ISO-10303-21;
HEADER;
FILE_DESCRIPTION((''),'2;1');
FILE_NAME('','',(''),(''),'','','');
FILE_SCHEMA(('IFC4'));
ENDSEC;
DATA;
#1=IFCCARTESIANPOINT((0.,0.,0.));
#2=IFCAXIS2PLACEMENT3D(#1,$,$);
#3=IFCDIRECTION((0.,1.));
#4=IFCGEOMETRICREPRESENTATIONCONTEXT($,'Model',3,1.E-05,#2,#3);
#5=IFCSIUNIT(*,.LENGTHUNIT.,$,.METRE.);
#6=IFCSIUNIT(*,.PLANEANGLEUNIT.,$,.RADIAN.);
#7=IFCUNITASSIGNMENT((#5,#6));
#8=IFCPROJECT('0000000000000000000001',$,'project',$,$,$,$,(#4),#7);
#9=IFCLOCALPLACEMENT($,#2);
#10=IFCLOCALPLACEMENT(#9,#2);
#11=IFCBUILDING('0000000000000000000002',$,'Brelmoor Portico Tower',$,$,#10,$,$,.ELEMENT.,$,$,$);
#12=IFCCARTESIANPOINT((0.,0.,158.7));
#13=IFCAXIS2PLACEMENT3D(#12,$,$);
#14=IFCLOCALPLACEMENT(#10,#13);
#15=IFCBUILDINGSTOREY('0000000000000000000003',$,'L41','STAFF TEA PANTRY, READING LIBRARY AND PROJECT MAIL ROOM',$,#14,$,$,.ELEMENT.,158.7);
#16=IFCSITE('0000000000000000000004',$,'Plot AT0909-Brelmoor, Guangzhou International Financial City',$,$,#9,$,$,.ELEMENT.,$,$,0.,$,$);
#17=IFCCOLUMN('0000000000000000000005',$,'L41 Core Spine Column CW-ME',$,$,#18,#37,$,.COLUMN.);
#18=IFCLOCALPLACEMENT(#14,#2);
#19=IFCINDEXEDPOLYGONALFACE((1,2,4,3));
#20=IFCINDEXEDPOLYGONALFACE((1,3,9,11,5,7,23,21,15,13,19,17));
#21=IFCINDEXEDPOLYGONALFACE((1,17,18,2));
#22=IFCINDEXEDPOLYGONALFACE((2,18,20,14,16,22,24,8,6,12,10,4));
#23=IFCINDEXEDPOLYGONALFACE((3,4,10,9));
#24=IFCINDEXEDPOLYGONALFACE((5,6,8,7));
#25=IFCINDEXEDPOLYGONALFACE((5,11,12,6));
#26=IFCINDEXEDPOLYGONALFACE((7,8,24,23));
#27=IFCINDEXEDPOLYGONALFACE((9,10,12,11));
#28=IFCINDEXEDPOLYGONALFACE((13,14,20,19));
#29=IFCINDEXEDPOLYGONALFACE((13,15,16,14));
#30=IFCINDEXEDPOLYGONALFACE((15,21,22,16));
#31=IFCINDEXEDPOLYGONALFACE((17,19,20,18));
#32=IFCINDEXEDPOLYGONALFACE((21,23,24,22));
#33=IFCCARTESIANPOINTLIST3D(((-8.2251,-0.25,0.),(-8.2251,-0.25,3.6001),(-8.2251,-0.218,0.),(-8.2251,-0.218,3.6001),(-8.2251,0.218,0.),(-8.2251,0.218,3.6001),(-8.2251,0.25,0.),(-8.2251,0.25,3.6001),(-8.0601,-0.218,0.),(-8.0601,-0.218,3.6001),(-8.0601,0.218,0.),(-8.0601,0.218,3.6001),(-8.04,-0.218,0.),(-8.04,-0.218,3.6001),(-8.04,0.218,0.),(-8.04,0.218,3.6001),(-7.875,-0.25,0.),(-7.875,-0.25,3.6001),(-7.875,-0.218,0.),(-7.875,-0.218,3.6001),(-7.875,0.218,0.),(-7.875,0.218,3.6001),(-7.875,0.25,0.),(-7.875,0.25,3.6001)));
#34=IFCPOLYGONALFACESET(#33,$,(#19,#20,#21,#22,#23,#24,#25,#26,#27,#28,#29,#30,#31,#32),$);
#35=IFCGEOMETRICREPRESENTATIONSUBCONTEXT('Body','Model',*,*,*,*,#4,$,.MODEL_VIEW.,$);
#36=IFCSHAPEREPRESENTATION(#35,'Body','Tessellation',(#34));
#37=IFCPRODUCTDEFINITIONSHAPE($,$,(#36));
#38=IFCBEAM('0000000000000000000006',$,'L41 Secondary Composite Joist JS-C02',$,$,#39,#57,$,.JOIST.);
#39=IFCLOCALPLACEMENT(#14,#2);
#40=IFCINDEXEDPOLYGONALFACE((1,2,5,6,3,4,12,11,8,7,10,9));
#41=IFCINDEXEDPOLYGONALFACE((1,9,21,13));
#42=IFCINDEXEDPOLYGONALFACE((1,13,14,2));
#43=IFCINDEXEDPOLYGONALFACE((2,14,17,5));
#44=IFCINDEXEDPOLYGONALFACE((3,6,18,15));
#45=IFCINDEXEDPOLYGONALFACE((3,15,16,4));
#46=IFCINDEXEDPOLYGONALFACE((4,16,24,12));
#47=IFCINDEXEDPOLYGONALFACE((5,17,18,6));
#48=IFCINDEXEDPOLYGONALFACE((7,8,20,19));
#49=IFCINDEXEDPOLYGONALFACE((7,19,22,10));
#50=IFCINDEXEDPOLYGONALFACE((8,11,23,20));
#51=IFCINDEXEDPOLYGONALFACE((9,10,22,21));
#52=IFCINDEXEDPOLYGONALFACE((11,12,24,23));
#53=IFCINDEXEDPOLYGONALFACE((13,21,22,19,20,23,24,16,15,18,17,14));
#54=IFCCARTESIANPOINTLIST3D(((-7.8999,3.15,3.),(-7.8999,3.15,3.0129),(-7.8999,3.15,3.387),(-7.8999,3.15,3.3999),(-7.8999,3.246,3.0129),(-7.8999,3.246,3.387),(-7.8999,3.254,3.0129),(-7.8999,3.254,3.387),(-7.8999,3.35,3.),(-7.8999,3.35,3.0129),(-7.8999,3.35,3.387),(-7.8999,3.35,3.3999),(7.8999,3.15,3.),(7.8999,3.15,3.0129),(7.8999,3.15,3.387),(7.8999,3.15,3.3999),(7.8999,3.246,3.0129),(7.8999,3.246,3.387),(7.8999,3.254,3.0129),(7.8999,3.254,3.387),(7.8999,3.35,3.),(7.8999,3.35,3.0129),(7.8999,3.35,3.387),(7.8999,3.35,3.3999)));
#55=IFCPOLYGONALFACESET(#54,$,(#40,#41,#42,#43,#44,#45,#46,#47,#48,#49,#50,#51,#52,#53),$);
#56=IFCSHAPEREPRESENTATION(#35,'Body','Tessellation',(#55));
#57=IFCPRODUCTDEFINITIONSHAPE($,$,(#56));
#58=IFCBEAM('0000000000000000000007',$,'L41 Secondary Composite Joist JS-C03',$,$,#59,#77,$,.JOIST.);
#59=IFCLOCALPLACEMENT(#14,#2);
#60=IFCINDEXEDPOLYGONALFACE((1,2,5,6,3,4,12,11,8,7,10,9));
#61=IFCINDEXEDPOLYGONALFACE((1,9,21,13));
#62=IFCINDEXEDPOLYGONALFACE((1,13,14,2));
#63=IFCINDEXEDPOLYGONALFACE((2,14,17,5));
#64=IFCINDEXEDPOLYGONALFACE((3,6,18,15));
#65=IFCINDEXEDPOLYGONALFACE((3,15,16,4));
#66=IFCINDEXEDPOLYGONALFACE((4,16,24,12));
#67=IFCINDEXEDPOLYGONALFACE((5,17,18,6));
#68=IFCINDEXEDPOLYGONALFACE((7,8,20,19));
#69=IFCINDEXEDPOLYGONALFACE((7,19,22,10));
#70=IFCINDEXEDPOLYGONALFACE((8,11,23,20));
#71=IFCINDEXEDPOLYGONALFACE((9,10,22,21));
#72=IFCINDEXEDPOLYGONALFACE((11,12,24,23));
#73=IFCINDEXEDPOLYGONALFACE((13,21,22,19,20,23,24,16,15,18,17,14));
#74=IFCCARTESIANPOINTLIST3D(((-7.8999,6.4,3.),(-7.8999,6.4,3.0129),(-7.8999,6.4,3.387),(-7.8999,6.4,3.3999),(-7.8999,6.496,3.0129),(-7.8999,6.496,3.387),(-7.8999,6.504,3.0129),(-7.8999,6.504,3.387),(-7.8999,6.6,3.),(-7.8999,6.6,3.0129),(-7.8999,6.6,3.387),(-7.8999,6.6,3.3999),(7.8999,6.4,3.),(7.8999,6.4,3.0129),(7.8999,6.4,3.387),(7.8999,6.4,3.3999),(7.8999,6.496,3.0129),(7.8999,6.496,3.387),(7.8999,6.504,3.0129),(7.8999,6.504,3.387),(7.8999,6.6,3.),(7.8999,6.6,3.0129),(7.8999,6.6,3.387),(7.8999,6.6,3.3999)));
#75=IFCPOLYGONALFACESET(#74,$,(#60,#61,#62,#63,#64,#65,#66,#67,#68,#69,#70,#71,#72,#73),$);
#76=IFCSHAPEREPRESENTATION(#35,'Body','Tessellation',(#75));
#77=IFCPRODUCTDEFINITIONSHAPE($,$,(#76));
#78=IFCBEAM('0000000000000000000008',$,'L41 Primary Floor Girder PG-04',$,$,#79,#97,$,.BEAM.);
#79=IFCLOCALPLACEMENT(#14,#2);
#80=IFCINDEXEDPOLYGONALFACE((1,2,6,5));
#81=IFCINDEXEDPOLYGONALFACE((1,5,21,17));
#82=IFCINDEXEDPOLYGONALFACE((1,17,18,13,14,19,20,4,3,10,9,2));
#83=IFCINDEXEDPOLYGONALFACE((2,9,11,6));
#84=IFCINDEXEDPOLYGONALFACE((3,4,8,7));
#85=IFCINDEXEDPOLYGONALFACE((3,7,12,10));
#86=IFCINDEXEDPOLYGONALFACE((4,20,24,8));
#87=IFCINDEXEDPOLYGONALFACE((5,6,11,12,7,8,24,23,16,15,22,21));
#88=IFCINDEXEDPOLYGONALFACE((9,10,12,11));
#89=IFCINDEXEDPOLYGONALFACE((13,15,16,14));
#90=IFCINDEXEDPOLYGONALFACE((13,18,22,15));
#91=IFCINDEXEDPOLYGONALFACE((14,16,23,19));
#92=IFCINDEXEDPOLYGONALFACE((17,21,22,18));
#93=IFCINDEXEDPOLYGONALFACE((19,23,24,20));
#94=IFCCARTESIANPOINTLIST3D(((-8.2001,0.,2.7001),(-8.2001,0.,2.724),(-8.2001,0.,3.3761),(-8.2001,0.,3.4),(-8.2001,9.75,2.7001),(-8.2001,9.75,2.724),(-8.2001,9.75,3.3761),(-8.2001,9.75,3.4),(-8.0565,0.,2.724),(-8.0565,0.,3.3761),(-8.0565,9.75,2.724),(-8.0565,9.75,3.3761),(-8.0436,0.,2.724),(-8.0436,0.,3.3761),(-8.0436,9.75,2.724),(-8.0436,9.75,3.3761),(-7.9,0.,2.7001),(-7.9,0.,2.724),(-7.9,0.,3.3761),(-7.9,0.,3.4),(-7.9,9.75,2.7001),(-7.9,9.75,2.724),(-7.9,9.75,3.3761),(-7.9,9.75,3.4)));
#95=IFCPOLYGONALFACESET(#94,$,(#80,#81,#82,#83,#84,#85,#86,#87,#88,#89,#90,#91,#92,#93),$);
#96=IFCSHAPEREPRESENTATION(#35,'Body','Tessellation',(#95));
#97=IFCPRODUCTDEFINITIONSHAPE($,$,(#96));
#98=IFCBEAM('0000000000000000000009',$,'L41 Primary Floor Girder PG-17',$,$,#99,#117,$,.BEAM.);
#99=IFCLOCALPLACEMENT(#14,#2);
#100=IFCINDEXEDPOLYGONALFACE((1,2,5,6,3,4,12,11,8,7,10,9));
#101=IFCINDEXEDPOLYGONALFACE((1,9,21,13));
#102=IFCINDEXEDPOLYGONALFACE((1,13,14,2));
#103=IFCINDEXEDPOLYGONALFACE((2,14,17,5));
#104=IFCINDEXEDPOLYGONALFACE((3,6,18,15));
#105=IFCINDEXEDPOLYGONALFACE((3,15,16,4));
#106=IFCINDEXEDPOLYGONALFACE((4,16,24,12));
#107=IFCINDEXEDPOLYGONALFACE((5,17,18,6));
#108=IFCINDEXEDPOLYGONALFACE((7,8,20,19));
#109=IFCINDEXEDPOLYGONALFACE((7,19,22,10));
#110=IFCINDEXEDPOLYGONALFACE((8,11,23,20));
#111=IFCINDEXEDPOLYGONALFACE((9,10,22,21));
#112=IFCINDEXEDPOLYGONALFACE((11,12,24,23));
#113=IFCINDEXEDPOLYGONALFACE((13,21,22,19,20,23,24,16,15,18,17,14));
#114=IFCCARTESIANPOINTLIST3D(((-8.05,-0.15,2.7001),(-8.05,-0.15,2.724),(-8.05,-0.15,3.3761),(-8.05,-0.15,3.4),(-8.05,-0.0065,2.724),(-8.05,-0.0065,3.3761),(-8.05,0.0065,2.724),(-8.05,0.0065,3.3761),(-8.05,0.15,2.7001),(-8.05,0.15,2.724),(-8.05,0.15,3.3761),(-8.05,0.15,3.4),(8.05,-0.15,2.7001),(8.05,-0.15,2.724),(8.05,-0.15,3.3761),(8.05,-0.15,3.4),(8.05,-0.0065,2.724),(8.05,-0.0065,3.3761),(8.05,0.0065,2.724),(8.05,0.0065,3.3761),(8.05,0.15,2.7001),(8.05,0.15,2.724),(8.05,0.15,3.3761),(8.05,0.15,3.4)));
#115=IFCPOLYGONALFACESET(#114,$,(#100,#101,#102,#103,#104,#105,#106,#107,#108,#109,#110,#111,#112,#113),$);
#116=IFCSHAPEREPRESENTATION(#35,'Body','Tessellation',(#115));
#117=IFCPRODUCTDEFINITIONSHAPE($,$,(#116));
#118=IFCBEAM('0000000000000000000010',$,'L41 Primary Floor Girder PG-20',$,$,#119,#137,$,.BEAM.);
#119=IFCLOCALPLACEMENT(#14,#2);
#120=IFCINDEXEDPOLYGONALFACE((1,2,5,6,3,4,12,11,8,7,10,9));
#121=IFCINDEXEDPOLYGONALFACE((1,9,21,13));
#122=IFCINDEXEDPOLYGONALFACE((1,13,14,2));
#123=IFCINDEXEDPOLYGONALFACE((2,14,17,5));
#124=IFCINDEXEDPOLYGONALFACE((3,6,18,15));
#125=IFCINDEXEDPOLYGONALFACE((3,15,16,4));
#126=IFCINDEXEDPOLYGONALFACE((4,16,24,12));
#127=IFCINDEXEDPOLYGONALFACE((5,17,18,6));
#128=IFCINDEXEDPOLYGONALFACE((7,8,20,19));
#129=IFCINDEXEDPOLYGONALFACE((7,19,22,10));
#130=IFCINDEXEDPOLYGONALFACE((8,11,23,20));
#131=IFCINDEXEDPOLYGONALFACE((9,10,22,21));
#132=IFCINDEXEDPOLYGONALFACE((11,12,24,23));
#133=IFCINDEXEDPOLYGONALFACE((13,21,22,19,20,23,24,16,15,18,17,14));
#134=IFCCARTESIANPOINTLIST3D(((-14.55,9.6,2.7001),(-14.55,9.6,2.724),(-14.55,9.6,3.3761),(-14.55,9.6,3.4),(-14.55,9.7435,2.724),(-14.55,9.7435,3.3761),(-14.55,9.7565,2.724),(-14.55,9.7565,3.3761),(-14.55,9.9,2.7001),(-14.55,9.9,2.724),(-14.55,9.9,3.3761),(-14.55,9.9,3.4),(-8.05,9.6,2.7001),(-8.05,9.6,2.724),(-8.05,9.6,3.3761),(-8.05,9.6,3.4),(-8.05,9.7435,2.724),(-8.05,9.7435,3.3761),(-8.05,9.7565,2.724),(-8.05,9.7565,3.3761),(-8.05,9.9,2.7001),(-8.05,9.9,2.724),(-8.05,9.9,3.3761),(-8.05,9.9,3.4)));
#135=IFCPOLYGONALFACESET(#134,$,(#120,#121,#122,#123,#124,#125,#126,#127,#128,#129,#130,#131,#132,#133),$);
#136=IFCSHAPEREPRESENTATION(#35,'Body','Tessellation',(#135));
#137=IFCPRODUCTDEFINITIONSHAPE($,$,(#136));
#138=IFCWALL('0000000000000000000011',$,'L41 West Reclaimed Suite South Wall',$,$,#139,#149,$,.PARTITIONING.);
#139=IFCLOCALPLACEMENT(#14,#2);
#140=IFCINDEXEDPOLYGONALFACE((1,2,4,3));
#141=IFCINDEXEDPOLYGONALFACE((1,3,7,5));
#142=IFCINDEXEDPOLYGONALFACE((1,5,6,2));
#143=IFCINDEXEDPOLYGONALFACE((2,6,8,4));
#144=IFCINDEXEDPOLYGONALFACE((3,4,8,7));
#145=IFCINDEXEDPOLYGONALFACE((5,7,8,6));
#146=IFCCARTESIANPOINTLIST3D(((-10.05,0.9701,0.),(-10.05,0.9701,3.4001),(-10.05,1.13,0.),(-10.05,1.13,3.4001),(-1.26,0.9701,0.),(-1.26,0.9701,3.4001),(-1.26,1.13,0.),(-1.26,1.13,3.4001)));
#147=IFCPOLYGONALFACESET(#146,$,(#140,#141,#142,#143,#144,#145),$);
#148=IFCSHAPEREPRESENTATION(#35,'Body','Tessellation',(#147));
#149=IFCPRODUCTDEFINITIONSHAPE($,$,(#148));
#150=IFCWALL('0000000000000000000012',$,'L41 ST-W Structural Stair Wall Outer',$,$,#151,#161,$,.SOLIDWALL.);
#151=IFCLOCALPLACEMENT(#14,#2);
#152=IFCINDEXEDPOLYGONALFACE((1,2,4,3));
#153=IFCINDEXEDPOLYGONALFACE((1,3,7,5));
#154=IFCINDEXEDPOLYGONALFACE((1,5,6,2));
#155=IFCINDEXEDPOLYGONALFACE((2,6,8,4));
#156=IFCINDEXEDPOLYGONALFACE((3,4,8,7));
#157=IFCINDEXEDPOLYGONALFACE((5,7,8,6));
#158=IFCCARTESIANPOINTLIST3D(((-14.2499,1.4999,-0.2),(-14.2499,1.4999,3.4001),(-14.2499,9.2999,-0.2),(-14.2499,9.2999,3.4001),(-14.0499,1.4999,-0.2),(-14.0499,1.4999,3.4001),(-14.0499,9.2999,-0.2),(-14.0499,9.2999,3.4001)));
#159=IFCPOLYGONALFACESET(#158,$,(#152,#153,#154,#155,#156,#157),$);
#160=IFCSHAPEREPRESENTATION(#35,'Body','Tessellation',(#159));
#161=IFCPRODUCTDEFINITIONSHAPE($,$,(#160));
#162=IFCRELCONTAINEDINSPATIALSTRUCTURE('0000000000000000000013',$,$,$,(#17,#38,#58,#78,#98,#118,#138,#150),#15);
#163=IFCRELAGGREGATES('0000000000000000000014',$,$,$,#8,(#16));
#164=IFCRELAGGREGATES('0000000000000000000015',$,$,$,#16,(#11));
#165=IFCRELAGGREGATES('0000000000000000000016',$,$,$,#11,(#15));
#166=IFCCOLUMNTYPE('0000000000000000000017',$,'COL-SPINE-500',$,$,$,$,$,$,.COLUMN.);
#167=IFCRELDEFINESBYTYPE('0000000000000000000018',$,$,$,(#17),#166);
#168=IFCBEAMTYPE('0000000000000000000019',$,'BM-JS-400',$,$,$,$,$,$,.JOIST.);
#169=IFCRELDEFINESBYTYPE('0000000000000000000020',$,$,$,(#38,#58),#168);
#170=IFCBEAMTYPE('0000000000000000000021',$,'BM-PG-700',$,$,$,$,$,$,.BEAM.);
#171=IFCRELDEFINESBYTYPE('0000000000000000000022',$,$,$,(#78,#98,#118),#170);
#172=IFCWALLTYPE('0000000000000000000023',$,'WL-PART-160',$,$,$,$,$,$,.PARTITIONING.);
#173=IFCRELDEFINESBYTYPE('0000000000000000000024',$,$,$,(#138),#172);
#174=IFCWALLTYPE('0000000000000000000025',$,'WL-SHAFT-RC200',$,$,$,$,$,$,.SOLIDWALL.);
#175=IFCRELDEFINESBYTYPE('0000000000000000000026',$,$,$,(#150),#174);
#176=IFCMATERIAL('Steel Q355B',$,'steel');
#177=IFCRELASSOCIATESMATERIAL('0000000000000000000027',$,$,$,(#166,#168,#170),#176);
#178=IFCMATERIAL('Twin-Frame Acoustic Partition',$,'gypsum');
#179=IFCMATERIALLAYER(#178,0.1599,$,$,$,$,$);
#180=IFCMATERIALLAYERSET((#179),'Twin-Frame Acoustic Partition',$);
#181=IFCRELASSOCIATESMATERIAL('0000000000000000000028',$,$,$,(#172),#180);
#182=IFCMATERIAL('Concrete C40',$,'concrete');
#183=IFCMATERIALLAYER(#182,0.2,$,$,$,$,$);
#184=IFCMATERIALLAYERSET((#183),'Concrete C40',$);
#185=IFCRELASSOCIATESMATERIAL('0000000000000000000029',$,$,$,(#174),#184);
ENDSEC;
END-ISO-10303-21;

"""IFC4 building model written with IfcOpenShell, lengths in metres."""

from ifc_helpers import new_model, si_unit, direction, frame, frame_2d, origin, origin_2d, place, context, subcontext, project, spatial, rectangle, i_section, extrude, material, layer, layer_set, material_profile, profile_set, type_object, element, save


model = new_model("IFC4")

# Units and contexts
model_context = context("Model", 3, precision=1e-05, world=origin(), true_north=direction((0.0, 1.0)))
body_context = subcontext(model_context, "Body", "Model", "MODEL_VIEW")
ifc_project = project(units=[si_unit("LENGTHUNIT", "METRE"), si_unit("PLANEANGLEUNIT", "RADIAN")], contexts=[model_context])

# Site, building, storey
site_placement = place(None, origin())
site = spatial("IfcSite", under=ifc_project, at=site_placement, Name="Plot AT0909-Brelmoor, Guangzhou International Financial City", CompositionType="ELEMENT", RefElevation=0.0)
building_placement = place(site_placement, origin())
building = spatial("IfcBuilding", under=site, at=building_placement, Name="Brelmoor Portico Tower", CompositionType="ELEMENT")
storey_placement = place(building_placement, frame((0.0, 0.0, 158.7)))
storey = spatial("IfcBuildingStorey", under=building, at=storey_placement, Name="L41", Description="STAFF TEA PANTRY, READING LIBRARY AND PROJECT MAIL ROOM", CompositionType="ELEMENT", Elevation=158.7)

# Column
ifc_material_1 = material(Name="Steel Q355B", Category="steel")
ifc_material_profile_1 = material_profile(ifc_material_1, i_section(OverallWidth=0.3501, OverallDepth=0.5, WebThickness=0.02, FlangeThickness=0.032, at=origin_2d()), Name="HW 500x350x20x32")
ifc_profile_set_1 = profile_set([ifc_material_profile_1], Name="Steel Q355B")
column_type = type_object("IfcColumnType", Name="COL-SPINE-500", PredefinedType="COLUMN", material=ifc_profile_set_1)
column_placement = place(storey_placement, frame((-8.05, 0.0, 0.0), z_axis=(0.0, 0.0, 1.0), x_axis=(1.0, 0.0, 0.0)))
element("IfcColumn", 1, at=column_placement, inside=storey, type_object=column_type, Name="L41 Core Spine Column CW-ME", PredefinedType="COLUMN", context=body_context, shape_type="SweptSolid", body=[
    extrude(i_section(OverallWidth=0.3501, OverallDepth=0.5, WebThickness=0.02, FlangeThickness=0.032, at=origin_2d()), origin(), (0.0, 0.0, 1.0), 3.6001),
])

# Beams
ifc_material_profile_2 = material_profile(ifc_material_1, i_section(OverallWidth=0.2, OverallDepth=0.3999, WebThickness=0.0081, FlangeThickness=0.0129, at=origin_2d()), Name="HN 400x200x8x13")
ifc_profile_set_2 = profile_set([ifc_material_profile_2], Name="Steel Q355B")
beam_type_1 = type_object("IfcBeamType", Name="BM-JS-400", PredefinedType="JOIST", material=ifc_profile_set_2)
for number, where, z_axis, x_axis, name in (
    (2, (-7.8999, 3.25, 3.2), (1.0, 0.0, 0.0), (0.0, 1.0, 0.0), "L41 Secondary Composite Joist JS-C02"),
    (3, (-7.8999, 6.5, 3.2), (1.0, 0.0, 0.0), (0.0, 1.0, 0.0), "L41 Secondary Composite Joist JS-C03"),
):
    element("IfcBeam", number, at=place(storey_placement, frame(where, z_axis=z_axis, x_axis=x_axis)), inside=storey, type_object=beam_type_1, Name=name, PredefinedType="JOIST", context=body_context, shape_type="SweptSolid", body=[
        extrude(i_section(OverallWidth=0.2, OverallDepth=0.3999, WebThickness=0.0081, FlangeThickness=0.0129, at=origin_2d()), origin(), (0.0, 0.0, 1.0), 15.7998),
    ])
ifc_material_profile_3 = material_profile(ifc_material_1, i_section(OverallWidth=0.3, OverallDepth=0.7, WebThickness=0.0129, FlangeThickness=0.0239, at=origin_2d()), Name="HN 700x300x13x24")
ifc_profile_set_3 = profile_set([ifc_material_profile_3], Name="Steel Q355B")
beam_type_2 = type_object("IfcBeamType", Name="BM-PG-700", PredefinedType="BEAM", material=ifc_profile_set_3)
beam_1_placement = place(storey_placement, frame((-8.05, 0.0, 3.05), z_axis=(0.0, 1.0, 0.0), x_axis=(-1.0, 0.0, 0.0)))
element("IfcBeam", 4, at=beam_1_placement, inside=storey, type_object=beam_type_2, Name="L41 Primary Floor Girder PG-04", PredefinedType="BEAM", context=body_context, shape_type="SweptSolid", body=[
    extrude(i_section(OverallWidth=0.3, OverallDepth=0.7, WebThickness=0.0129, FlangeThickness=0.0239, at=origin_2d()), origin(), (0.0, 0.0, 1.0), 9.75),
])
beam_2_placement = place(storey_placement, frame((-8.05, 0.0, 3.05), z_axis=(1.0, 0.0, 0.0), x_axis=(0.0, 1.0, 0.0)))
element("IfcBeam", 5, at=beam_2_placement, inside=storey, type_object=beam_type_2, Name="L41 Primary Floor Girder PG-17", PredefinedType="BEAM", context=body_context, shape_type="SweptSolid", body=[
    extrude(i_section(OverallWidth=0.3, OverallDepth=0.7, WebThickness=0.0129, FlangeThickness=0.0239, at=origin_2d()), origin(), (0.0, 0.0, 1.0), 16.1001),
])
beam_3_placement = place(storey_placement, frame((-14.55, 9.75, 3.05), z_axis=(1.0, 0.0, 0.0), x_axis=(0.0, 1.0, 0.0)))
element("IfcBeam", 6, at=beam_3_placement, inside=storey, type_object=beam_type_2, Name="L41 Primary Floor Girder PG-20", PredefinedType="BEAM", context=body_context, shape_type="SweptSolid", body=[
    extrude(i_section(OverallWidth=0.3, OverallDepth=0.7, WebThickness=0.0129, FlangeThickness=0.0239, at=origin_2d()), origin(), (0.0, 0.0, 1.0), 6.5),
])

# Walls
ifc_material_2 = material(Name="Twin-Frame Acoustic Partition", Category="gypsum")
ifc_layer_1 = layer(ifc_material_2, 0.1599)
ifc_layer_set_1 = layer_set([ifc_layer_1], Name="Twin-Frame Acoustic Partition")
wall_type_1 = type_object("IfcWallType", Name="WL-PART-160", PredefinedType="PARTITIONING", material=ifc_layer_set_1)
wall_1_placement = place(storey_placement, frame((-10.05, 1.05, 0.0), z_axis=(0.0, 0.0, 1.0), x_axis=(1.0, 0.0, 0.0)))
element("IfcWall", 7, at=wall_1_placement, inside=storey, type_object=wall_type_1, Name="L41 West Reclaimed Suite South Wall", PredefinedType="PARTITIONING", context=body_context, shape_type="SweptSolid", body=[
    extrude(rectangle(XDim=8.79, YDim=0.1599, at=frame_2d((4.395, 0.0))), origin(), (0.0, 0.0, 1.0), 3.4001),
])
ifc_material_3 = material(Name="Concrete C40", Category="concrete")
ifc_layer_2 = layer(ifc_material_3, 0.2)
ifc_layer_set_2 = layer_set([ifc_layer_2], Name="Concrete C40")
wall_type_2 = type_object("IfcWallType", Name="WL-SHAFT-RC200", PredefinedType="SOLIDWALL", material=ifc_layer_set_2)
wall_2_placement = place(storey_placement, frame((-14.1499, 1.5, -0.2), z_axis=(0.0, 0.0, 1.0), x_axis=(0.0, 1.0, 0.0)))
element("IfcWall", 8, at=wall_2_placement, inside=storey, type_object=wall_type_2, Name="L41 ST-W Structural Stair Wall Outer", PredefinedType="SOLIDWALL", context=body_context, shape_type="SweptSolid", body=[
    extrude(rectangle(XDim=7.8, YDim=0.2, at=frame_2d((3.8999, 0.0))), origin(), (0.0, 0.0, 1.0), 3.6001),
])

save(model, "model.ifc")
